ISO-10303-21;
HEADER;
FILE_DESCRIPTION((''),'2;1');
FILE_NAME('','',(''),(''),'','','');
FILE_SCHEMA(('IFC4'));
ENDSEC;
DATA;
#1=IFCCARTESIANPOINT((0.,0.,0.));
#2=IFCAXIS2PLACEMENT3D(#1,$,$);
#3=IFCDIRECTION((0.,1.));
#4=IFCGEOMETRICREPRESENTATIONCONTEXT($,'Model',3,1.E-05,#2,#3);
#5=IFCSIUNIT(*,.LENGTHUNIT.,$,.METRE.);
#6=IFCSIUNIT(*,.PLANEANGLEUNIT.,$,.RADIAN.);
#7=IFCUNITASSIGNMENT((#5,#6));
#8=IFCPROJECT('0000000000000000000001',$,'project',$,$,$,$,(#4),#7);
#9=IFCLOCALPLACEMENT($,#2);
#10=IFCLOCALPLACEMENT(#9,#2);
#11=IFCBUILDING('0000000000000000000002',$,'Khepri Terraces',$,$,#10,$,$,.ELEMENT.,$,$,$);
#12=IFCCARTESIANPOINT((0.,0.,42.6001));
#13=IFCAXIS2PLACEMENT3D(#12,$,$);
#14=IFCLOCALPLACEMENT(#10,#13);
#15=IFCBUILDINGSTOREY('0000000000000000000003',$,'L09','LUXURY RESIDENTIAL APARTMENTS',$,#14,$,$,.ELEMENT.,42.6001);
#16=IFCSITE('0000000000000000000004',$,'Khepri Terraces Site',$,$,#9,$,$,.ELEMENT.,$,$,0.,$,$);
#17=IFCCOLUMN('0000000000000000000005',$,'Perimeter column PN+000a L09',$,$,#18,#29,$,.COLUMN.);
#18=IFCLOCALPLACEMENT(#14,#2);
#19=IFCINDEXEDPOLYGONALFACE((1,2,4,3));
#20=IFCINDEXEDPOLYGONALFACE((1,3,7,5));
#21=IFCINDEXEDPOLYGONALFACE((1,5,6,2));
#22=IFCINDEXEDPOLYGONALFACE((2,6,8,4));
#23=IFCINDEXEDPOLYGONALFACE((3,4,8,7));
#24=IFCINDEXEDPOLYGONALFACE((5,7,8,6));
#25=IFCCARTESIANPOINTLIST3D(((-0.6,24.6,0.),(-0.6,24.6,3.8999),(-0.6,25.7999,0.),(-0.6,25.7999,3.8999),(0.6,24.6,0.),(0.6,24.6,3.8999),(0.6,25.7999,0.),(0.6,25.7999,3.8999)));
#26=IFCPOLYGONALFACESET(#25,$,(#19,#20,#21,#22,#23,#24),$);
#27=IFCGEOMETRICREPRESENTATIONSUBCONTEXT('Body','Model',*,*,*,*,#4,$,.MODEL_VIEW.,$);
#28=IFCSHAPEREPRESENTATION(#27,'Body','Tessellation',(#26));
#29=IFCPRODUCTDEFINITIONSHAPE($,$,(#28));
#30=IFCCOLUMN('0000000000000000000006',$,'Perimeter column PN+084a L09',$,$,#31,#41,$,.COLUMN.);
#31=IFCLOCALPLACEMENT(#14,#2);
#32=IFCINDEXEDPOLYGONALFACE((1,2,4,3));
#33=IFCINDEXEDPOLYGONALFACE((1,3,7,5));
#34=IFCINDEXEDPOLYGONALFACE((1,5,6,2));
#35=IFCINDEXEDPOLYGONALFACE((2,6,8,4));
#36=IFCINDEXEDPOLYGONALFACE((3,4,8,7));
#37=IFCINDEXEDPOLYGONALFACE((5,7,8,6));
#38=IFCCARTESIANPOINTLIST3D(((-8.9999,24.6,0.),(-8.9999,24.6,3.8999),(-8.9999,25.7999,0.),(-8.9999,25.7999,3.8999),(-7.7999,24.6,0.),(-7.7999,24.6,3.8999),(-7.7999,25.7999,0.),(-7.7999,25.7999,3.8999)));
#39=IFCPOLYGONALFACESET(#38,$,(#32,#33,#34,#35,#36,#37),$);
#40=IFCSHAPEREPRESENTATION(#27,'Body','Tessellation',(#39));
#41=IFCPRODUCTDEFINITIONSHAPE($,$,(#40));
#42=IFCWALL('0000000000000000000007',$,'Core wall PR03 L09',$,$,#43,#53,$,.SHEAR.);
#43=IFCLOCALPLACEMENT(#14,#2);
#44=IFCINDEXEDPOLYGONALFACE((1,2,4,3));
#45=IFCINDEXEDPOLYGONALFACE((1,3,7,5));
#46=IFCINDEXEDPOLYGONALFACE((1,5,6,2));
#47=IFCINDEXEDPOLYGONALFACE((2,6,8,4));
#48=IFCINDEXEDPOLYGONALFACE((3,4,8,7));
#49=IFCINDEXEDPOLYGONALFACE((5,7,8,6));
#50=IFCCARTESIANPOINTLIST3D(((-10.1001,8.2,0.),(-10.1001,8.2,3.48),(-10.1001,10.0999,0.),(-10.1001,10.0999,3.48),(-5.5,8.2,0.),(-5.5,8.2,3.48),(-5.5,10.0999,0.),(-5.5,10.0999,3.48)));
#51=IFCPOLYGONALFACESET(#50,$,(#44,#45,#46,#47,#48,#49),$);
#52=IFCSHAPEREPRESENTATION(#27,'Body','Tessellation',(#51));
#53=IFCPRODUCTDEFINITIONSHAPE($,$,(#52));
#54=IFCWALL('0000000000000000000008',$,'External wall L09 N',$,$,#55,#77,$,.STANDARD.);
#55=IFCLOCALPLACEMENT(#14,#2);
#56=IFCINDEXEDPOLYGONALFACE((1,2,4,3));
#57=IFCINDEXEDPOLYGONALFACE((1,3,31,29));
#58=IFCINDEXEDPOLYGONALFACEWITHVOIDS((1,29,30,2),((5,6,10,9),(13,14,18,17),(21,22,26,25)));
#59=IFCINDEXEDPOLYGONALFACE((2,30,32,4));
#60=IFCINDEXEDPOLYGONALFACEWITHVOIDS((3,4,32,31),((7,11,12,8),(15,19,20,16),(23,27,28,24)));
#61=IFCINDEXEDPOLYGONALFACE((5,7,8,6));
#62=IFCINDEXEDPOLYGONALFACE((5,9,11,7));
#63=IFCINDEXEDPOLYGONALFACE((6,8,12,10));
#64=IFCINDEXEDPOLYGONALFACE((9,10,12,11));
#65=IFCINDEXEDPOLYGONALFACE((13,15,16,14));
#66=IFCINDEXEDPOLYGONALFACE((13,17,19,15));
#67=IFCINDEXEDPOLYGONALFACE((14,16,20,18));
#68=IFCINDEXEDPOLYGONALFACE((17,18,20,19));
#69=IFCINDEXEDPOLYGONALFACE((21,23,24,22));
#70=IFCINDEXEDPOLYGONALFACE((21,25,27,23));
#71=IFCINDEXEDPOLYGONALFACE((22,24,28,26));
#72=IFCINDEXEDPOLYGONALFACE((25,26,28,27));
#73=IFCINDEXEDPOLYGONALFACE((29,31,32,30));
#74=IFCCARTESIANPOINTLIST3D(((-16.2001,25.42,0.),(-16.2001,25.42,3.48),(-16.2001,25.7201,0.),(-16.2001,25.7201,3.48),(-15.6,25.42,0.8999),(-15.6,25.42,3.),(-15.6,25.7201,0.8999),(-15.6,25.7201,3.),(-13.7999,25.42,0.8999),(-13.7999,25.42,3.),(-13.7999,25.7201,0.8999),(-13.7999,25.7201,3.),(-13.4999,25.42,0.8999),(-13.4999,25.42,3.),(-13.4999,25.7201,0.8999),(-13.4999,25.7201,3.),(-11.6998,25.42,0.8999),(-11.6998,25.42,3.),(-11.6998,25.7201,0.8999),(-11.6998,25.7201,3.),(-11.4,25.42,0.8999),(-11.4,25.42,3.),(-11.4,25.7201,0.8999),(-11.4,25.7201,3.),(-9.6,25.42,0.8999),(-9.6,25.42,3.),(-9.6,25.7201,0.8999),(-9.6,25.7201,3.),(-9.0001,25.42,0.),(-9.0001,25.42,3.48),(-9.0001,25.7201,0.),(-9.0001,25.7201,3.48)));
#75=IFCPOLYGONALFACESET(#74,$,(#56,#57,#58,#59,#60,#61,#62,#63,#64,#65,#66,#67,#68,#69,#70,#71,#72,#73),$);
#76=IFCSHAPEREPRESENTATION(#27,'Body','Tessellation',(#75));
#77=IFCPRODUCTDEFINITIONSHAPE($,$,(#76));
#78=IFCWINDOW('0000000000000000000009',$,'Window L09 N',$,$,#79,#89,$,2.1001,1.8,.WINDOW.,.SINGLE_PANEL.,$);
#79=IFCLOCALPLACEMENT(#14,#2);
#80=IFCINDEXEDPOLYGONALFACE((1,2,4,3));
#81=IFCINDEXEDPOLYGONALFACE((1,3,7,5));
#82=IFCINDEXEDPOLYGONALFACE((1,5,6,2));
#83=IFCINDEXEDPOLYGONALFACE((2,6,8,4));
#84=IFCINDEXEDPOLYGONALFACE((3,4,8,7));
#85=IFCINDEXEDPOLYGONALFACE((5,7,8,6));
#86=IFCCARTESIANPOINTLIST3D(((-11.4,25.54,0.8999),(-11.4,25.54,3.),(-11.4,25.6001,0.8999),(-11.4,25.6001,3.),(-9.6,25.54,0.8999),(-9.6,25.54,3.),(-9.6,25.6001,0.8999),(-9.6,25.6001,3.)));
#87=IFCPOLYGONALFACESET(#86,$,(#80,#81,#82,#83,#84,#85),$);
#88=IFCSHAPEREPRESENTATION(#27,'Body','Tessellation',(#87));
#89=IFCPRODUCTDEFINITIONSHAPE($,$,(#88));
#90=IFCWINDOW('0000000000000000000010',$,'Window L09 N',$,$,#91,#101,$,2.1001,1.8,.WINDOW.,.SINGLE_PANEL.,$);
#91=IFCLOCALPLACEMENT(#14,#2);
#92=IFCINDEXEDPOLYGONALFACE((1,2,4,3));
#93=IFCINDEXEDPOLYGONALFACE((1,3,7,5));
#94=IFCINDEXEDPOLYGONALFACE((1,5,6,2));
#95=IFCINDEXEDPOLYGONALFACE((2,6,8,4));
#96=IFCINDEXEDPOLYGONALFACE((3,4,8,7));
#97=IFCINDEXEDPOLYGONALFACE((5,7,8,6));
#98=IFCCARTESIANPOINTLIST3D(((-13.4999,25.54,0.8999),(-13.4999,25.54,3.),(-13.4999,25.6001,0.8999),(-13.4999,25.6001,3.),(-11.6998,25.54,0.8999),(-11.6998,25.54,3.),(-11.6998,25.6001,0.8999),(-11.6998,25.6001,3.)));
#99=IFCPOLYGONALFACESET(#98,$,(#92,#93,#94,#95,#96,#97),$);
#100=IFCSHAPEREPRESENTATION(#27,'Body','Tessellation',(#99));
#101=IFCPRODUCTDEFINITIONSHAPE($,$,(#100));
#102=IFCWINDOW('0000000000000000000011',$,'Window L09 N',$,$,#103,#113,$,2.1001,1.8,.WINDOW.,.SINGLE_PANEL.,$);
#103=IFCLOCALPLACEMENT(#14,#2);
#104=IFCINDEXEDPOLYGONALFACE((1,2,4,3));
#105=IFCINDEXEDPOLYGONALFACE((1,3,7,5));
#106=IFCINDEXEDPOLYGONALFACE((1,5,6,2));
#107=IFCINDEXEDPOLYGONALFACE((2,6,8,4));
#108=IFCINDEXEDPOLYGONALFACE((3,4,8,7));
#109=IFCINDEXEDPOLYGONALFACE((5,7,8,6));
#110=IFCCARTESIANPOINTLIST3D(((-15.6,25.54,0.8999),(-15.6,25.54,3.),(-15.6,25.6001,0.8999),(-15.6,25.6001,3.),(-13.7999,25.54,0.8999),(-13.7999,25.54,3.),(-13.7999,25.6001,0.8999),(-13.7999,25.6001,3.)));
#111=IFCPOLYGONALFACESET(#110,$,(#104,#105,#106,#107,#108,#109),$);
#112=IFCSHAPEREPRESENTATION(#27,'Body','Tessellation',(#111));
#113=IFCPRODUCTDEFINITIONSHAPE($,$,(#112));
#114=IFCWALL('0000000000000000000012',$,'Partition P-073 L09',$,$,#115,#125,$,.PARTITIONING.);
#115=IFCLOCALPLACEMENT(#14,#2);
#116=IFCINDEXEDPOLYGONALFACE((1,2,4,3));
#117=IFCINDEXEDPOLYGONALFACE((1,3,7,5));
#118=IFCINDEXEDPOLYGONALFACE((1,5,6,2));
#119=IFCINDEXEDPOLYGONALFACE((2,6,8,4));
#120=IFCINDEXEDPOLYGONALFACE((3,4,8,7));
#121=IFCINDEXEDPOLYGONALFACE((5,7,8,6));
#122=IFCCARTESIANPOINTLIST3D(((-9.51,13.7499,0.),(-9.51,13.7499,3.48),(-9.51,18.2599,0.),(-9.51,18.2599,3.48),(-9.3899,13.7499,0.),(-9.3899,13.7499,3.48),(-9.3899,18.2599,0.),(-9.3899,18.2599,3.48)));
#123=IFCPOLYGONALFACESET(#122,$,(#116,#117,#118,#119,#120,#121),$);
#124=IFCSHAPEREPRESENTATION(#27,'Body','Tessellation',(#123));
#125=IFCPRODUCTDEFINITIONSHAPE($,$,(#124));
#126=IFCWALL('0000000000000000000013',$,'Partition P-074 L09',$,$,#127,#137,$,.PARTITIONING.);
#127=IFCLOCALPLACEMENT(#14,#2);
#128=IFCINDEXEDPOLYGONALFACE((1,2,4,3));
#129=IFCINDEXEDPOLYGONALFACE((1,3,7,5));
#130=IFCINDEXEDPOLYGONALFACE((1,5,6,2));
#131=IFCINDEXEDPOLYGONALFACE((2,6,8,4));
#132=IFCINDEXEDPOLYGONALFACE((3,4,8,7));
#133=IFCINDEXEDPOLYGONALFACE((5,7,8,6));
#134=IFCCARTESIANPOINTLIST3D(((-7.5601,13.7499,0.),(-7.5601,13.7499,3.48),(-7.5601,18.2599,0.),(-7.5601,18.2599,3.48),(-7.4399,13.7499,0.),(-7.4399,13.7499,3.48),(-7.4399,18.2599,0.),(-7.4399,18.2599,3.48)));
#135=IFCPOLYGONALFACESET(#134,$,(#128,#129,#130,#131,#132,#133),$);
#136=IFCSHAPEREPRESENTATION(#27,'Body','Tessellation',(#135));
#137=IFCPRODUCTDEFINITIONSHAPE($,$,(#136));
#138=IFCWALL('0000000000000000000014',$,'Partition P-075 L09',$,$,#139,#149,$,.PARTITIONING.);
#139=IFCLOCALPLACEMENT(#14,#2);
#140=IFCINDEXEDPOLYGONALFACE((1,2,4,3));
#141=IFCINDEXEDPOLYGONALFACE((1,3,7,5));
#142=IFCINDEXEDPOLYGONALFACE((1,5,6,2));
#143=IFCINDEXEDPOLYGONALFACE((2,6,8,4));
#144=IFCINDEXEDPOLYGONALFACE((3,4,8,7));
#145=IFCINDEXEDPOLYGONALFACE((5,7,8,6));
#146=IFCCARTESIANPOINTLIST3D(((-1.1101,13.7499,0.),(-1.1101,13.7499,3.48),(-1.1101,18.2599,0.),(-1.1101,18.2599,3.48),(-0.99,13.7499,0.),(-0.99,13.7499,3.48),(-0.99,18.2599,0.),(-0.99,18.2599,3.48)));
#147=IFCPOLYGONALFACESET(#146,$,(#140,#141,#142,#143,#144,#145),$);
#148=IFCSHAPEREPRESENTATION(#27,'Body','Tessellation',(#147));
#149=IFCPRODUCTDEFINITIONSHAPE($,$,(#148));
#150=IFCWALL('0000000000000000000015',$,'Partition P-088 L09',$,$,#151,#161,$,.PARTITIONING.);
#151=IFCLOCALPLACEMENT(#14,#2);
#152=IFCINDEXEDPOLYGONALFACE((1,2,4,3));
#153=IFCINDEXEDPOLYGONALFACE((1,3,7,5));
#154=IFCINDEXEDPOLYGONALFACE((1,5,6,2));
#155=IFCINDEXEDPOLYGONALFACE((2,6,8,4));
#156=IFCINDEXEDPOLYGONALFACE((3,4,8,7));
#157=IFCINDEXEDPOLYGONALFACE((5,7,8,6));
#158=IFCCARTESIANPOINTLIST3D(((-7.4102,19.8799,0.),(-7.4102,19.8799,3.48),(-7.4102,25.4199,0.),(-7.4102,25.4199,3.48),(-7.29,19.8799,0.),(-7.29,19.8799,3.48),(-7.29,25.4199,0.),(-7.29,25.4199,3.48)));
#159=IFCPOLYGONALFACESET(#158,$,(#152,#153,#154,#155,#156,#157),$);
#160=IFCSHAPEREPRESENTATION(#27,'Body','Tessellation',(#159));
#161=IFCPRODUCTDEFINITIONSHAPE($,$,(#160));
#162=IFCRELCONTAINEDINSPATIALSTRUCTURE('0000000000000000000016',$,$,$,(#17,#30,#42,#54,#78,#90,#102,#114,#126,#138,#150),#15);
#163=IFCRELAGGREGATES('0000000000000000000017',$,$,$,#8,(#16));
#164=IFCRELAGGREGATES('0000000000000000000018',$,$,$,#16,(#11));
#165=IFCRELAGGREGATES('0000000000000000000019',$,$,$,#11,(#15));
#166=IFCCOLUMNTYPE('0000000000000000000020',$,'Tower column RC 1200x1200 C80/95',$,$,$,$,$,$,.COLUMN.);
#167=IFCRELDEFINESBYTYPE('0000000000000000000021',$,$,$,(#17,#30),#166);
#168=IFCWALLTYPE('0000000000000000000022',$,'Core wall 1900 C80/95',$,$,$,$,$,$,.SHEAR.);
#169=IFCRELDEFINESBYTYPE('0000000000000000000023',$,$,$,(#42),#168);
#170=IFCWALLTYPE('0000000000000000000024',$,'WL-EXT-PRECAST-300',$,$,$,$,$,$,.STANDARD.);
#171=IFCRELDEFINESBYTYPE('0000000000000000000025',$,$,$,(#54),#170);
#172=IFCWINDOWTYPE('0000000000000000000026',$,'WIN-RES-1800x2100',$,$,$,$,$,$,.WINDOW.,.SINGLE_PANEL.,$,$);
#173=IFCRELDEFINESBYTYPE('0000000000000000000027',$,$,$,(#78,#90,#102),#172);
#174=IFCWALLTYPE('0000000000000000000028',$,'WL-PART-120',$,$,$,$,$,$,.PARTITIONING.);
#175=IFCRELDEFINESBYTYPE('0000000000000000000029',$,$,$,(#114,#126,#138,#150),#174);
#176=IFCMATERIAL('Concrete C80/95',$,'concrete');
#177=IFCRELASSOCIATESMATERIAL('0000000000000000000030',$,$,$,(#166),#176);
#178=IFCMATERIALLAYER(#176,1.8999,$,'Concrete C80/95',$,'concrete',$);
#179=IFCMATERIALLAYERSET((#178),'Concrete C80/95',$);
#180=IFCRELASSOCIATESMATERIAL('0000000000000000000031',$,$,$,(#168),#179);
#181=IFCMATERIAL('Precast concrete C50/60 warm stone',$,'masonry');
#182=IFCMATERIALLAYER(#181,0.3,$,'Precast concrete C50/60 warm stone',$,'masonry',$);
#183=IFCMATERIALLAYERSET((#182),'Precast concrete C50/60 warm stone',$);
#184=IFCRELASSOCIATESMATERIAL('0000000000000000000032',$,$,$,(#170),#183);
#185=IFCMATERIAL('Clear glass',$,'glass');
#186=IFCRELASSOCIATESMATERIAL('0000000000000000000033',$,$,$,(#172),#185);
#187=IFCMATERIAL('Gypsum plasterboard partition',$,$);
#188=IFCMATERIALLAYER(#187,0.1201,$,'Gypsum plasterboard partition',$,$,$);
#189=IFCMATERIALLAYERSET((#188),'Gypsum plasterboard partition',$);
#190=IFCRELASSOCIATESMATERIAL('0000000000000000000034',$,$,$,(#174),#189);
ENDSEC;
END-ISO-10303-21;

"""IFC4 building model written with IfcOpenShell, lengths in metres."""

from ifc_helpers import new_model, si_unit, direction, frame, frame_2d, origin, origin_2d, place, context, subcontext, project, spatial, rectangle, extrude, material, layer, layer_set, material_profile, profile_set, type_object, element, fill, save


model = new_model("IFC4")

# Units and contexts
model_context = context("Model", 3, precision=1e-05, world=origin(), true_north=direction((0.0, 1.0)))
body_context = subcontext(model_context, "Body", "Model", "MODEL_VIEW")
ifc_project = project(units=[si_unit("LENGTHUNIT", "METRE"), si_unit("PLANEANGLEUNIT", "RADIAN")], contexts=[model_context])

# Site, building, storey
site_placement = place(None, origin())
site = spatial("IfcSite", under=ifc_project, at=site_placement, Name="Khepri Terraces Site", CompositionType="ELEMENT", RefElevation=0.0)
building_placement = place(site_placement, origin())
building = spatial("IfcBuilding", under=site, at=building_placement, Name="Khepri Terraces", CompositionType="ELEMENT")
storey_placement = place(building_placement, frame((0.0, 0.0, 42.6001)))
storey = spatial("IfcBuildingStorey", under=building, at=storey_placement, Name="L09", Description="LUXURY RESIDENTIAL APARTMENTS", CompositionType="ELEMENT", Elevation=42.6001)

# Columns
ifc_material_1 = material(Name="Concrete C80/95", Category="concrete")
ifc_material_profile = material_profile(ifc_material_1, rectangle(XDim=1.2, YDim=1.2, at=origin_2d()), Name="Concrete C80/95", Category="concrete")
ifc_profile_set = profile_set([ifc_material_profile], Name="Concrete C80/95")
column_type = type_object("IfcColumnType", Name="Tower column RC 1200x1200 C80/95", PredefinedType="COLUMN", material=ifc_profile_set)
for number, where, z_axis, x_axis, name in (
    (1, (0.0, 25.2, 0.0), (0.0, 0.0, 1.0), (1.0, 0.0, 0.0), "Perimeter column PN+000a L09"),
    (2, (-8.3999, 25.2, 0.0), (0.0, 0.0, 1.0), (1.0, 0.0, 0.0), "Perimeter column PN+084a L09"),
):
    element("IfcColumn", number, at=place(storey_placement, frame(where, z_axis=z_axis, x_axis=x_axis)), inside=storey, type_object=column_type, Name=name, PredefinedType="COLUMN", context=body_context, shape_type="SweptSolid", body=[
        extrude(rectangle(XDim=1.2, YDim=1.2, at=origin_2d()), origin(), (0.0, 0.0, 1.0), 3.8999),
    ])

# Wall
ifc_layer_1 = layer(ifc_material_1, 1.8999, Name="Concrete C80/95", Category="concrete")
ifc_layer_set_1 = layer_set([ifc_layer_1], Name="Concrete C80/95")
wall_type_1 = type_object("IfcWallType", Name="Core wall 1900 C80/95", PredefinedType="SHEAR", material=ifc_layer_set_1)
wall_1_placement = place(storey_placement, frame((-10.1001, 9.1499, 0.0), z_axis=(0.0, 0.0, 1.0), x_axis=(1.0, 0.0, 0.0)))
element("IfcWall", 3, at=wall_1_placement, inside=storey, type_object=wall_type_1, Name="Core wall PR03 L09", PredefinedType="SHEAR", context=body_context, shape_type="SweptSolid", body=[
    extrude(rectangle(XDim=4.6001, YDim=1.8999, at=frame_2d((2.3, 0.0))), origin(), (0.0, 0.0, 1.0), 3.48),
])

# Shared definitions
ifc_material_2 = material(Name="Precast concrete C50/60 warm stone", Category="masonry")
ifc_layer_2 = layer(ifc_material_2, 0.3, Name="Precast concrete C50/60 warm stone", Category="masonry")
ifc_layer_set_2 = layer_set([ifc_layer_2], Name="Precast concrete C50/60 warm stone")
wall_type_2 = type_object("IfcWallType", Name="WL-EXT-PRECAST-300", PredefinedType="STANDARD", material=ifc_layer_set_2)
ifc_material_3 = material(Name="Clear glass", Category="glass")
window_type = type_object("IfcWindowType", Name="WIN-RES-1800x2100", PartitioningType="SINGLE_PANEL", PredefinedType="WINDOW", material=ifc_material_3)

# Wall, openings, windows
wall_2_placement = place(storey_placement, frame((-9.0, 25.5701, 0.0), z_axis=(0.0, 0.0, 1.0), x_axis=(-1.0, 0.0, 0.0)))
wall_2 = element("IfcWall", 4, at=wall_2_placement, inside=storey, type_object=wall_type_2, Name="External wall L09 N", PredefinedType="STANDARD", context=body_context, shape_type="SweptSolid", body=[
    extrude(rectangle(XDim=7.2, YDim=0.3, at=frame_2d((3.6001, 0.0))), origin(), (0.0, 0.0, 1.0), 3.48),
])
opening_1_placement = place(wall_2_placement, frame((0.6001, 0.0, 0.8999)))
opening_1 = element("IfcOpeningElement", 5, at=opening_1_placement, cuts=wall_2, PredefinedType="OPENING", context=body_context, shape_type="SweptSolid", body=[
    extrude(rectangle(XDim=1.8, YDim=2.1001, at=frame_2d((0.8999, 1.05))), frame((0.0, 0.1602, 0.0), z_axis=(0.0, -1.0, 0.0), x_axis=(1.0, 0.0, 0.0)), (0.0, 0.0, 1.0), 0.3201),
])
opening_2_placement = place(wall_2_placement, frame((2.7, 0.0, 0.8999)))
opening_2 = element("IfcOpeningElement", 6, at=opening_2_placement, cuts=wall_2, PredefinedType="OPENING", context=body_context, shape_type="SweptSolid", body=[
    extrude(rectangle(XDim=1.8, YDim=2.1001, at=frame_2d((0.8999, 1.05))), frame((0.0, 0.1602, 0.0), z_axis=(0.0, -1.0, 0.0), x_axis=(1.0, 0.0, 0.0)), (0.0, 0.0, 1.0), 0.3201),
])
opening_3_placement = place(wall_2_placement, frame((4.8, 0.0, 0.8999)))
opening_3 = element("IfcOpeningElement", 7, at=opening_3_placement, cuts=wall_2, PredefinedType="OPENING", context=body_context, shape_type="SweptSolid", body=[
    extrude(rectangle(XDim=1.8, YDim=2.1001, at=frame_2d((0.8999, 1.05))), frame((0.0, 0.1602, 0.0), z_axis=(0.0, -1.0, 0.0), x_axis=(1.0, 0.0, 0.0)), (0.0, 0.0, 1.0), 0.3201),
])
window_1_placement = place(opening_1_placement, origin())
window_1 = element("IfcWindow", 8, at=window_1_placement, inside=storey, type_object=window_type, Name="Window L09 N", OverallHeight=2.1001, OverallWidth=1.8, PartitioningType="SINGLE_PANEL", PredefinedType="WINDOW", context=body_context, shape_type="SweptSolid", body=[
    extrude(rectangle(XDim=1.8, YDim=2.1001, at=frame_2d((0.8999, 1.05))), frame((0.0, 0.03, 0.0), z_axis=(0.0, -1.0, 0.0), x_axis=(1.0, 0.0, 0.0)), (0.0, 0.0, 1.0), 0.0601),
])
fill(opening_1, window_1)
window_2_placement = place(opening_2_placement, origin())
window_2 = element("IfcWindow", 9, at=window_2_placement, inside=storey, type_object=window_type, Name="Window L09 N", OverallHeight=2.1001, OverallWidth=1.8, PartitioningType="SINGLE_PANEL", PredefinedType="WINDOW", context=body_context, shape_type="SweptSolid", body=[
    extrude(rectangle(XDim=1.8, YDim=2.1001, at=frame_2d((0.8999, 1.05))), frame((0.0, 0.03, 0.0), z_axis=(0.0, -1.0, 0.0), x_axis=(1.0, 0.0, 0.0)), (0.0, 0.0, 1.0), 0.0601),
])
fill(opening_2, window_2)
window_3_placement = place(opening_3_placement, origin())
window_3 = element("IfcWindow", 10, at=window_3_placement, inside=storey, type_object=window_type, Name="Window L09 N", OverallHeight=2.1001, OverallWidth=1.8, PartitioningType="SINGLE_PANEL", PredefinedType="WINDOW", context=body_context, shape_type="SweptSolid", body=[
    extrude(rectangle(XDim=1.8, YDim=2.1001, at=frame_2d((0.8999, 1.05))), frame((0.0, 0.03, 0.0), z_axis=(0.0, -1.0, 0.0), x_axis=(1.0, 0.0, 0.0)), (0.0, 0.0, 1.0), 0.0601),
])
fill(opening_3, window_3)

# Walls
ifc_material_4 = material(Name="Gypsum plasterboard partition")
ifc_layer_3 = layer(ifc_material_4, 0.1201, Name="Gypsum plasterboard partition")
ifc_layer_set_3 = layer_set([ifc_layer_3], Name="Gypsum plasterboard partition")
wall_type_3 = type_object("IfcWallType", Name="WL-PART-120", PredefinedType="PARTITIONING", material=ifc_layer_set_3)
for number, where, z_axis, x_axis, name in (
    (11, (-9.45, 13.75, 0.0), (0.0, 0.0, 1.0), (0.0, 1.0, 0.0), "Partition P-073 L09"),
    (12, (-7.5, 13.75, 0.0), (0.0, 0.0, 1.0), (0.0, 1.0, 0.0), "Partition P-074 L09"),
    (13, (-1.05, 13.75, 0.0), (0.0, 0.0, 1.0), (0.0, 1.0, 0.0), "Partition P-075 L09"),
):
    element("IfcWall", number, at=place(storey_placement, frame(where, z_axis=z_axis, x_axis=x_axis)), inside=storey, type_object=wall_type_3, Name=name, PredefinedType="PARTITIONING", context=body_context, shape_type="SweptSolid", body=[
        extrude(rectangle(XDim=4.51, YDim=0.1201, at=frame_2d((2.2549, 0.0))), origin(), (0.0, 0.0, 1.0), 3.48),
    ])
wall_3_placement = place(storey_placement, frame((-7.3501, 19.8799, 0.0), z_axis=(0.0, 0.0, 1.0), x_axis=(0.0, 1.0, 0.0)))
element("IfcWall", 14, at=wall_3_placement, inside=storey, type_object=wall_type_3, Name="Partition P-088 L09", PredefinedType="PARTITIONING", context=body_context, shape_type="SweptSolid", body=[
    extrude(rectangle(XDim=5.54, YDim=0.1201, at=frame_2d((2.77, 0.0))), origin(), (0.0, 0.0, 1.0), 3.48),
])

save(model, "model.ifc")
